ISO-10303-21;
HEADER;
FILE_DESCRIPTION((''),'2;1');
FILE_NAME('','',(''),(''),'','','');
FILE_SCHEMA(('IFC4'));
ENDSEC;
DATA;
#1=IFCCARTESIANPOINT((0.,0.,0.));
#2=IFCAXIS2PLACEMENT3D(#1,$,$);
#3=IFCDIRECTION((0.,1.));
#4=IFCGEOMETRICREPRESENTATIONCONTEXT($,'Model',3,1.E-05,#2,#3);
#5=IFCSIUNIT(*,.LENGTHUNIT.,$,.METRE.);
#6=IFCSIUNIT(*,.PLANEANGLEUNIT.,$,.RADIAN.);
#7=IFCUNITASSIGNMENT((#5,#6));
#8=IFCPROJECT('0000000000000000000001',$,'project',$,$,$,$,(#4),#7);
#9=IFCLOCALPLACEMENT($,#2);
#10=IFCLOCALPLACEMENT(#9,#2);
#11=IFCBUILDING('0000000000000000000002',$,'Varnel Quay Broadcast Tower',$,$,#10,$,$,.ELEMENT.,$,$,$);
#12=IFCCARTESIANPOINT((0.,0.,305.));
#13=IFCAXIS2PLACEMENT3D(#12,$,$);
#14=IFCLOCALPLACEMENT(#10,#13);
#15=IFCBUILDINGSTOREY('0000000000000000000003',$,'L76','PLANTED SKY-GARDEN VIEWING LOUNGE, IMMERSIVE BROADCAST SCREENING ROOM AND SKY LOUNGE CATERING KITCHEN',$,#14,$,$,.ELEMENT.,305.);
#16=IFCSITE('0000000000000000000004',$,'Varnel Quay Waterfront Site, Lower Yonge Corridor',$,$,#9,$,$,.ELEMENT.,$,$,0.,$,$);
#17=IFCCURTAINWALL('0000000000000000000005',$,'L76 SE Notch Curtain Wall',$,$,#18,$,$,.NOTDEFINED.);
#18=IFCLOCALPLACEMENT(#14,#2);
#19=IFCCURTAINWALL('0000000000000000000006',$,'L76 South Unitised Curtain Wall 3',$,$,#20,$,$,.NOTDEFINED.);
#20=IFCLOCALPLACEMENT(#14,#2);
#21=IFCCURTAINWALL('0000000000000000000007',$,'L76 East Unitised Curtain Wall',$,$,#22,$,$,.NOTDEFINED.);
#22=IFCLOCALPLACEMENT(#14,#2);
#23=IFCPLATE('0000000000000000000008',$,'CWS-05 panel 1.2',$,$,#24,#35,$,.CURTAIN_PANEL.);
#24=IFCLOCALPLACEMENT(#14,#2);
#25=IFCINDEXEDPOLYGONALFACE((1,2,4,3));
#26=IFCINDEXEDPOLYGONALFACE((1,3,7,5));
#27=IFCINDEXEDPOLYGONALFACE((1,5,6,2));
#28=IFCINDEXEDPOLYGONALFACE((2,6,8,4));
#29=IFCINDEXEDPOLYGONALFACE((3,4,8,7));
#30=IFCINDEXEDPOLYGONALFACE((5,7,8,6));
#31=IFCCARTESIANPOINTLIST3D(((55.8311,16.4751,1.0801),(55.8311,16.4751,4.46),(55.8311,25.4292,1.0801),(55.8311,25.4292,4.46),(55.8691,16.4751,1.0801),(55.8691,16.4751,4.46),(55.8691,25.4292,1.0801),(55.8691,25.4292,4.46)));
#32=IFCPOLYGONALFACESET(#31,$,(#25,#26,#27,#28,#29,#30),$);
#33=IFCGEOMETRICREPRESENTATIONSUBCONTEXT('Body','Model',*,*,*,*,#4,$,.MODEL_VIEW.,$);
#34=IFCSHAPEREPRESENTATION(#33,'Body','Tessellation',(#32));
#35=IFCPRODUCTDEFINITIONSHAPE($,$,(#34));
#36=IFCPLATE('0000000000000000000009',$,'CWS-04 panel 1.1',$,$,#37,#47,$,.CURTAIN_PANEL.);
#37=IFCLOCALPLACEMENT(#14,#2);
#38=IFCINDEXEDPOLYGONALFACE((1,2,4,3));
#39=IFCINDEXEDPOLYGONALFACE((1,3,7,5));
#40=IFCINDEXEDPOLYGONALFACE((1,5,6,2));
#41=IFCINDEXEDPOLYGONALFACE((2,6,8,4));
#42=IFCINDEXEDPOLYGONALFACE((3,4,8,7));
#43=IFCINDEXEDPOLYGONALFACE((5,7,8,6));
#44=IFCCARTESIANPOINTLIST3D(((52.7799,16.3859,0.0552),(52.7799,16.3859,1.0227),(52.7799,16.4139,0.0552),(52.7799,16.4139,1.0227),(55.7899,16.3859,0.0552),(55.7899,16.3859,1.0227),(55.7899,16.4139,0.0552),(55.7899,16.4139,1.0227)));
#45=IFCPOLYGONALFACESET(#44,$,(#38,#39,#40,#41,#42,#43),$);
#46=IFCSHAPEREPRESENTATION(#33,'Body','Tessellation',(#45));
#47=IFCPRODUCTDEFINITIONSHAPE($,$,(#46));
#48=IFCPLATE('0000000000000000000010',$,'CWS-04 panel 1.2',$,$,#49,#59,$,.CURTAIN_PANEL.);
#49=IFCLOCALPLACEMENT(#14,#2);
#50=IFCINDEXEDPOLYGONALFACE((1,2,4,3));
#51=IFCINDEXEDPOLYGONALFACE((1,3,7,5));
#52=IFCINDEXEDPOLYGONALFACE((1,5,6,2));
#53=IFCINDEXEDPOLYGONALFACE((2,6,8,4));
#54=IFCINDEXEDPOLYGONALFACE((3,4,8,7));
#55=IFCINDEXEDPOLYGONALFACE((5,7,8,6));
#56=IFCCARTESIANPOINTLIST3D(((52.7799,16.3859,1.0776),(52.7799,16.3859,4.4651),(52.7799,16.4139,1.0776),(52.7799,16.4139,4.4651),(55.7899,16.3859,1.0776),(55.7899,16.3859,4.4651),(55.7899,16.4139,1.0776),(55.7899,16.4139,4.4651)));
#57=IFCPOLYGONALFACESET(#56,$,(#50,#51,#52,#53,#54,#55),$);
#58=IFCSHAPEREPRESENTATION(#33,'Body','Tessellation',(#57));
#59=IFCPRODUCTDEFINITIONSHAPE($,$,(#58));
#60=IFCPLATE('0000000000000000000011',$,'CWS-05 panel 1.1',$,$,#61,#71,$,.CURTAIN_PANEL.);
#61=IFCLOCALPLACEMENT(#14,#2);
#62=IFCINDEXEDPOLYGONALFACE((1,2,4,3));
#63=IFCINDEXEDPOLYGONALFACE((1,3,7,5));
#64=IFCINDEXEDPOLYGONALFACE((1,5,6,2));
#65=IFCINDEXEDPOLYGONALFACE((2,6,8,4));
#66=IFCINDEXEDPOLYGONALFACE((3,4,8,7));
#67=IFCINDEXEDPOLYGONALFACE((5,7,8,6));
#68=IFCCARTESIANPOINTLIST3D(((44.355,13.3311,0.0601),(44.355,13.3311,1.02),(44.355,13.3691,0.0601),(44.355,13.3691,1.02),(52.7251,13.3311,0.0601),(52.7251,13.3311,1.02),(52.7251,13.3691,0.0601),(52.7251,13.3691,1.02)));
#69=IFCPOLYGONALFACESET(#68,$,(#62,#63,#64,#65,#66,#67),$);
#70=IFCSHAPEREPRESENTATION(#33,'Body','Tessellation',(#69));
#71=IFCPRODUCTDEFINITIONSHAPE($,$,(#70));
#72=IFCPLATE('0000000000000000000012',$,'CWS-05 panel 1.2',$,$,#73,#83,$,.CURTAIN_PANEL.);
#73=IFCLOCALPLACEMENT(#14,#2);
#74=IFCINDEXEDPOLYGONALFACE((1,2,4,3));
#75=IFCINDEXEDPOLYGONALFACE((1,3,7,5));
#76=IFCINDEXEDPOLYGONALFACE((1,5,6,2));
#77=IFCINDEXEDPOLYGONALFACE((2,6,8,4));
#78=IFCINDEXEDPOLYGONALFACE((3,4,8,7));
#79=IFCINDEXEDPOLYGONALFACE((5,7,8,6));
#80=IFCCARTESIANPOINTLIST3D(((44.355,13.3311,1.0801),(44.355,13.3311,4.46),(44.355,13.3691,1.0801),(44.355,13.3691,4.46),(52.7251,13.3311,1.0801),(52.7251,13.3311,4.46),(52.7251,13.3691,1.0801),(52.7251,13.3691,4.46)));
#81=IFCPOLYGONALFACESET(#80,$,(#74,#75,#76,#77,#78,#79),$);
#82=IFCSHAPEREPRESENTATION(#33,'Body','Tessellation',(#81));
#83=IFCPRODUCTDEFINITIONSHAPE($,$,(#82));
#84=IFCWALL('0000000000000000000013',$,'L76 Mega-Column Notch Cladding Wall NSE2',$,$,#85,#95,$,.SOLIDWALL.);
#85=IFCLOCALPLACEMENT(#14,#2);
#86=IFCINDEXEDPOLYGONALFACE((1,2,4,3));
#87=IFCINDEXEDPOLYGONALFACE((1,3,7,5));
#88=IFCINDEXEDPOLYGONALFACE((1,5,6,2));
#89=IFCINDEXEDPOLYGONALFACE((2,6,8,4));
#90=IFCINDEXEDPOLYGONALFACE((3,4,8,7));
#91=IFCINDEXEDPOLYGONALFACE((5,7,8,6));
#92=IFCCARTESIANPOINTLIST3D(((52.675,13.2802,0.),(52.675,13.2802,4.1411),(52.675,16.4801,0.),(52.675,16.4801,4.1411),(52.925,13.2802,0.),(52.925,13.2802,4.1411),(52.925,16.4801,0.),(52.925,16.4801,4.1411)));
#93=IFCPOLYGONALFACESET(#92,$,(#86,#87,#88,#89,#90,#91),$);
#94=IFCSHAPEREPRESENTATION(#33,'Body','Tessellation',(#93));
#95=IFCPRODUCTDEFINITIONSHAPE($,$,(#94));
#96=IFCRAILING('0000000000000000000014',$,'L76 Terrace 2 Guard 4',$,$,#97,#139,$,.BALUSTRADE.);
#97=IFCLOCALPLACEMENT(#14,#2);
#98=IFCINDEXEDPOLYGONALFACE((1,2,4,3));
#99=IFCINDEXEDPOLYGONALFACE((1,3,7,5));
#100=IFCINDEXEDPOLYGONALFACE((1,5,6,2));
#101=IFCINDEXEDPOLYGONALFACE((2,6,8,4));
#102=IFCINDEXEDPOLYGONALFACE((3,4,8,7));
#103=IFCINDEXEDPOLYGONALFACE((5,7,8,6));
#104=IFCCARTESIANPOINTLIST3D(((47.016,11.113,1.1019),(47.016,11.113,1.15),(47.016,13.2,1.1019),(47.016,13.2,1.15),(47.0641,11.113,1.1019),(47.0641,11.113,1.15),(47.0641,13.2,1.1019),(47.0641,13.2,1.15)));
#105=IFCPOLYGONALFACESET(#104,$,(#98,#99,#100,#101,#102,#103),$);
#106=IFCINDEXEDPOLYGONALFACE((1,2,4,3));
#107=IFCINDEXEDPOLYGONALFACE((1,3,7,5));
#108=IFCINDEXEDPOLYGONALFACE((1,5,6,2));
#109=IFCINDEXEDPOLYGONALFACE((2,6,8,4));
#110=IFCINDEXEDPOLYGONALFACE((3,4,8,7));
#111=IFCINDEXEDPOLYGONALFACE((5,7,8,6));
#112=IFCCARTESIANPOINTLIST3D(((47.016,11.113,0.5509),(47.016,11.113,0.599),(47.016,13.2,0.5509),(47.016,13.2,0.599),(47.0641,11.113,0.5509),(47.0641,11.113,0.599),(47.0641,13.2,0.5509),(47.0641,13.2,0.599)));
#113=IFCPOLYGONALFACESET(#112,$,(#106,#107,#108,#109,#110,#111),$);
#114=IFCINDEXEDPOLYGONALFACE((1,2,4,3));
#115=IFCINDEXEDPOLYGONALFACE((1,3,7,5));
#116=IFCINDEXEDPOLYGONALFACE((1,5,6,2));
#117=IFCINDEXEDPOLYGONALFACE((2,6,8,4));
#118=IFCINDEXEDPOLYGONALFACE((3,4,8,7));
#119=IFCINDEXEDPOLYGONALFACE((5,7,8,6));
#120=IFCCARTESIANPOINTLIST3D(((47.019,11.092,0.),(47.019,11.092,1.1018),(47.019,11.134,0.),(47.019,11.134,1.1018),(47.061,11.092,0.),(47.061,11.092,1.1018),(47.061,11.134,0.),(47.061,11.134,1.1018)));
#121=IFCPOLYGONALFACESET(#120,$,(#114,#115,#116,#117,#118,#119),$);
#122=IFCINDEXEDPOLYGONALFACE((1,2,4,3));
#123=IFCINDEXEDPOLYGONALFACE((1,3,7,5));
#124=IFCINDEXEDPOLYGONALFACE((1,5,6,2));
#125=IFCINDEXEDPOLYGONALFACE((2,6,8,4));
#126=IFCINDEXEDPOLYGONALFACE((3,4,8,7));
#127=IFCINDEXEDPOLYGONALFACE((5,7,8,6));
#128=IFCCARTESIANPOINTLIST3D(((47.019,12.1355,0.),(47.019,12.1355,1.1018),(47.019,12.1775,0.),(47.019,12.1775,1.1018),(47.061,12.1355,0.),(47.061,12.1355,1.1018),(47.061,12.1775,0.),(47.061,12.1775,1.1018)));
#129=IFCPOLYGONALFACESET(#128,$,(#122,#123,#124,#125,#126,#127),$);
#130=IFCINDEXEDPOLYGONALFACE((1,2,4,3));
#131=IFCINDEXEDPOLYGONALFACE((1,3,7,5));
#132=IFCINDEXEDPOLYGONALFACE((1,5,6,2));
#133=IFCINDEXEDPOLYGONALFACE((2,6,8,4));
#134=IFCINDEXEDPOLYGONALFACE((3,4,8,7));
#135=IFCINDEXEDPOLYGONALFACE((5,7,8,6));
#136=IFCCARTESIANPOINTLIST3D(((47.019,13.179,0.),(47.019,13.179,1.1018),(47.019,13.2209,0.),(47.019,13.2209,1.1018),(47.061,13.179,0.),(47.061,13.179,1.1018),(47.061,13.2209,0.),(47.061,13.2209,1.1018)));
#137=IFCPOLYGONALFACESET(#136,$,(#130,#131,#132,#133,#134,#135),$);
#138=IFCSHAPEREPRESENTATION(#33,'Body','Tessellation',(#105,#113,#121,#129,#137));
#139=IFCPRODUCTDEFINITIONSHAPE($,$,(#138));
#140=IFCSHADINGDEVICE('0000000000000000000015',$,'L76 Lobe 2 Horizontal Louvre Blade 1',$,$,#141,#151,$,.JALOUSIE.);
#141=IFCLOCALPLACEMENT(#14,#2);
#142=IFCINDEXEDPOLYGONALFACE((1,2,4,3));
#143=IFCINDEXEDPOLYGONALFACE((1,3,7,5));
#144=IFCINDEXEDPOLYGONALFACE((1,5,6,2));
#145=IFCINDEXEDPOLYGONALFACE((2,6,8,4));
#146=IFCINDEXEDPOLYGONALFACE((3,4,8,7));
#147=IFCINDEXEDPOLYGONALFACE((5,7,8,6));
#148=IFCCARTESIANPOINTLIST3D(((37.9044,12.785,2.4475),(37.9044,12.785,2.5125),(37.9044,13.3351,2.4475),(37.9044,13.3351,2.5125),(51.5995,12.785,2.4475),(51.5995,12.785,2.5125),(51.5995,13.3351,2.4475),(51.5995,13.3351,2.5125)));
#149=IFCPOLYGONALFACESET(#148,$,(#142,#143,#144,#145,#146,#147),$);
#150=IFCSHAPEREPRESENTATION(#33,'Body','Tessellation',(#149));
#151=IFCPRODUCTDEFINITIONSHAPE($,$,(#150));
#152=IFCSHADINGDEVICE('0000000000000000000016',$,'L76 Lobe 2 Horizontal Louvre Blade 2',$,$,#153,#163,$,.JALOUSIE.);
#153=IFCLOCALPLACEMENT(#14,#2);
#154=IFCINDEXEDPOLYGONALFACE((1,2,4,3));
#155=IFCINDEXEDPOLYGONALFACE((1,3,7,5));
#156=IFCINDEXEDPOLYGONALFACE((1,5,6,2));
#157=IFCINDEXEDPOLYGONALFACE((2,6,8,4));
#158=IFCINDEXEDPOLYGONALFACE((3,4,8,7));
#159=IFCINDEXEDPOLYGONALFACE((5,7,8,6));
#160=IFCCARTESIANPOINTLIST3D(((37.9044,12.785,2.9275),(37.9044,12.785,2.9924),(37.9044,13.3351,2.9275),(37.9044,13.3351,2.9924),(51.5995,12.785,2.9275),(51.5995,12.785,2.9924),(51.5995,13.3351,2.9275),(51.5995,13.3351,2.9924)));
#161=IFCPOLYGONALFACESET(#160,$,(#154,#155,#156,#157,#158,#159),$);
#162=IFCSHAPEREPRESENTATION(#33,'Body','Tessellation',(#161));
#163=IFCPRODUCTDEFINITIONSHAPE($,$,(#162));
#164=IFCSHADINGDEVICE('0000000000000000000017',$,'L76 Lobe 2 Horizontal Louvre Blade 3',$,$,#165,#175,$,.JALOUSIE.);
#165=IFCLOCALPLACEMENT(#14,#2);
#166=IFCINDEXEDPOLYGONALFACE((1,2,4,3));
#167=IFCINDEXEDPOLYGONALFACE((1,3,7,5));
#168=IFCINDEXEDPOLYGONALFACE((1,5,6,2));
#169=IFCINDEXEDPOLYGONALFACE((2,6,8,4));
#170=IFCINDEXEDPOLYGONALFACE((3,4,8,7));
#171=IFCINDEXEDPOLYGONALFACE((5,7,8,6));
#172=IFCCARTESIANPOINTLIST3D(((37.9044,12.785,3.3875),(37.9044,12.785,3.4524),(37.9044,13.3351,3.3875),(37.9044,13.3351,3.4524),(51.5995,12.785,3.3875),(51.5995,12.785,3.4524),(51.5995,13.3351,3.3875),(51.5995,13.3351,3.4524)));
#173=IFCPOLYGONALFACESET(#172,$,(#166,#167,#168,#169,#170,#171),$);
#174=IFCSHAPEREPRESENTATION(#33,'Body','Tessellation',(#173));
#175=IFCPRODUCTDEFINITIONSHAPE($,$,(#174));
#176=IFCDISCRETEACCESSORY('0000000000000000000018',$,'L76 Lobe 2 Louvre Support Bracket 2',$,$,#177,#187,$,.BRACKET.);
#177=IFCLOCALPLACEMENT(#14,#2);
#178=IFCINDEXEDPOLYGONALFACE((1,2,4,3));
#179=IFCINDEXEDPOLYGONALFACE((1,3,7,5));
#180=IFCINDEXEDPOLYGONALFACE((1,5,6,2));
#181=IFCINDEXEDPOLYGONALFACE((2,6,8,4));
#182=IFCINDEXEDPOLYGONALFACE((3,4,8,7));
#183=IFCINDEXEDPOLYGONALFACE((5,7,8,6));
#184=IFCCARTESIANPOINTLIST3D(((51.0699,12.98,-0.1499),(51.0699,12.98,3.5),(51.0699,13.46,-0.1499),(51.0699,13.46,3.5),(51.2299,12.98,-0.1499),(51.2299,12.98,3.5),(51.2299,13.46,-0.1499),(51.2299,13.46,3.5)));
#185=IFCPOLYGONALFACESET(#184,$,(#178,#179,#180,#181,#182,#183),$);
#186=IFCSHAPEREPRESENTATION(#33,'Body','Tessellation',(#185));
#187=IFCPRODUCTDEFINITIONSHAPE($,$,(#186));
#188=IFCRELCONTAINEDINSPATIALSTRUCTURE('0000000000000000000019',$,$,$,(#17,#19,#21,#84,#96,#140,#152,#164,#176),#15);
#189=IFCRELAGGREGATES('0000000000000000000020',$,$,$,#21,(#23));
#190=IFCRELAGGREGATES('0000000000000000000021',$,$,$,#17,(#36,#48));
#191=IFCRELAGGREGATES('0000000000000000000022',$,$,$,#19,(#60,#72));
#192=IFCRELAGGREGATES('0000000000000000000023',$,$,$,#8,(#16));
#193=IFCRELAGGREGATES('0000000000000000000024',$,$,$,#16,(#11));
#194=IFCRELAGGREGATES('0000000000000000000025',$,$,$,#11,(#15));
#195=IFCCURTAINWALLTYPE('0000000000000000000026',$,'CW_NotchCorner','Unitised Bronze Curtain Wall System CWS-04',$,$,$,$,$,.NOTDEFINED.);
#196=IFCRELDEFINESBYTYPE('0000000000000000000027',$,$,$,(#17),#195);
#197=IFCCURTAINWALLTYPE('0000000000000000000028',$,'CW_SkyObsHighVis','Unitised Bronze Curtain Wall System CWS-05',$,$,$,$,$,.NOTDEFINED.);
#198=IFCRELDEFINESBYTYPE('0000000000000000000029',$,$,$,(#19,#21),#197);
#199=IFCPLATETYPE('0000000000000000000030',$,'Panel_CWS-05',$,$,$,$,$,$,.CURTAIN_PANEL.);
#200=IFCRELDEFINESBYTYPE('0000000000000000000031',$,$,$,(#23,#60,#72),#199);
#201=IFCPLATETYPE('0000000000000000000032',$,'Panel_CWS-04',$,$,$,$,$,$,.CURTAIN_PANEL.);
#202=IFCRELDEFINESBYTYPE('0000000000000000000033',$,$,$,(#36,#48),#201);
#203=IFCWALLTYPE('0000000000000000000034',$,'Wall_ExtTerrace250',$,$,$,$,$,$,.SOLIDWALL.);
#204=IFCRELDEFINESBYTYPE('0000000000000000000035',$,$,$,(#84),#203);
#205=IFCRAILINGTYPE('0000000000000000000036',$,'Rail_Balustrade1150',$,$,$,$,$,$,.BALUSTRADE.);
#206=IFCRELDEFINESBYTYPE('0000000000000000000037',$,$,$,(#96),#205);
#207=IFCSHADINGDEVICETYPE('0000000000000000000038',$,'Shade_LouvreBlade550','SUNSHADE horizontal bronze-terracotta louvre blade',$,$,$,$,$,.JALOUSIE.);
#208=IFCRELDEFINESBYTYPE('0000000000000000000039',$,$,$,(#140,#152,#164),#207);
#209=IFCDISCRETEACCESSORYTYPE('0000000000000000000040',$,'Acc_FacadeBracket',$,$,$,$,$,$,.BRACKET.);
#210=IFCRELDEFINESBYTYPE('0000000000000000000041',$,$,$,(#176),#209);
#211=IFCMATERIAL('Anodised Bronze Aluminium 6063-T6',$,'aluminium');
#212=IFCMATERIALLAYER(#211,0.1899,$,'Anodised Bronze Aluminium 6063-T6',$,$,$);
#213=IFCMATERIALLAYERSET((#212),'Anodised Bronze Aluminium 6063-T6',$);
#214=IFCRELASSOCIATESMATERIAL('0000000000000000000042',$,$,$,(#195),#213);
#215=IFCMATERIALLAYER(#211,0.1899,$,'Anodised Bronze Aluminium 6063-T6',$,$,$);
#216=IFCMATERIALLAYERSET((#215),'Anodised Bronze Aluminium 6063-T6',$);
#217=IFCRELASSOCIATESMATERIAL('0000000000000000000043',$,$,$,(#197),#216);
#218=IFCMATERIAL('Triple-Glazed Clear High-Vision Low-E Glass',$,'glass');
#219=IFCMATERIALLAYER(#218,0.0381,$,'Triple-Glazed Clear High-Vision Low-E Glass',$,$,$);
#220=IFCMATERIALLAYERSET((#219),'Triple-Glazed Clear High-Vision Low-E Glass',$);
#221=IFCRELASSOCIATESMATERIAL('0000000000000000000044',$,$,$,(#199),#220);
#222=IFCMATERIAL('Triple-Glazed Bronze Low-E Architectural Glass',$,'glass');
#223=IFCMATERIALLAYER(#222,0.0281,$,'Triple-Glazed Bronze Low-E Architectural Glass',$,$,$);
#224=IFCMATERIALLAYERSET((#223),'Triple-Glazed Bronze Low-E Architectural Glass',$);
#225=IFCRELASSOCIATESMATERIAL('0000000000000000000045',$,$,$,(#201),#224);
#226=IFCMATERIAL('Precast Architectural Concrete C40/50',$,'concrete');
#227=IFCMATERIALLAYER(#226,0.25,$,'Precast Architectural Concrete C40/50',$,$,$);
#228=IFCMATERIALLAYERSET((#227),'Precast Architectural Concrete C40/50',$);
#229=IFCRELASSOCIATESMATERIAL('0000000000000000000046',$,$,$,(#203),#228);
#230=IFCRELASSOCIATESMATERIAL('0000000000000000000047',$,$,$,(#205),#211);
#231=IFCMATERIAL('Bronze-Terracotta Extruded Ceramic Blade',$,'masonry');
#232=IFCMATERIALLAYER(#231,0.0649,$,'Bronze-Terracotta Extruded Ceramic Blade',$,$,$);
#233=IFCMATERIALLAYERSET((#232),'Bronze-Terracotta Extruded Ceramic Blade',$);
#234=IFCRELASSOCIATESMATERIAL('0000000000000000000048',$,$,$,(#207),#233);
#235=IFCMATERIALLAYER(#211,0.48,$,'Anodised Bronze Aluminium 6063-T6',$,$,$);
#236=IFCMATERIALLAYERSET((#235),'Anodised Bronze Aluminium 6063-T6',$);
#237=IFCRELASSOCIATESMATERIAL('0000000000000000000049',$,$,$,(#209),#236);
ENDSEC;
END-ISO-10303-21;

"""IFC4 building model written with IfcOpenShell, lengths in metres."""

from ifc_helpers import new_model, si_unit, direction, frame, frame_2d, origin, origin_2d, place, context, subcontext, project, spatial, rectangle, extrude, source, transform, mapped, material, layer, layer_set, type_object, type_shapes, element, aggregate, save


model = new_model("IFC4")

# Units and contexts
model_context = context("Model", 3, precision=1e-05, world=origin(), true_north=direction((0.0, 1.0)))
body_context = subcontext(model_context, "Body", "Model", "MODEL_VIEW")
ifc_project = project(units=[si_unit("LENGTHUNIT", "METRE"), si_unit("PLANEANGLEUNIT", "RADIAN")], contexts=[model_context])

# Site, building, storey
site_placement = place(None, origin())
site = spatial("IfcSite", under=ifc_project, at=site_placement, Name="Varnel Quay Waterfront Site, Lower Yonge Corridor", CompositionType="ELEMENT", RefElevation=0.0)
building_placement = place(site_placement, origin())
building = spatial("IfcBuilding", under=site, at=building_placement, Name="Varnel Quay Broadcast Tower", CompositionType="ELEMENT")
storey_placement = place(building_placement, frame((0.0, 0.0, 305.0)))
storey = spatial("IfcBuildingStorey", under=building, at=storey_placement, Name="L76", Description="PLANTED SKY-GARDEN VIEWING LOUNGE, IMMERSIVE BROADCAST SCREENING ROOM AND SKY LOUNGE CATERING KITCHEN", CompositionType="ELEMENT", Elevation=305.0)

# Curtain walls
ifc_material_1 = material(Name="Anodised Bronze Aluminium 6063-T6", Category="aluminium")
ifc_layer_1 = layer(ifc_material_1, 0.1899, Name="Anodised Bronze Aluminium 6063-T6")
ifc_layer_set_1 = layer_set([ifc_layer_1], Name="Anodised Bronze Aluminium 6063-T6")
curtain_wall_type_1 = type_object("IfcCurtainWallType", Name="CW_NotchCorner", Description="Unitised Bronze Curtain Wall System CWS-04", PredefinedType="NOTDEFINED", material=ifc_layer_set_1)
curtain_wall_1_placement = place(storey_placement, origin())
curtain_wall_1 = element("IfcCurtainWall", 1, at=curtain_wall_1_placement, inside=storey, type_object=curtain_wall_type_1, Name="L76 SE Notch Curtain Wall", PredefinedType="NOTDEFINED")
ifc_layer_2 = layer(ifc_material_1, 0.1899, Name="Anodised Bronze Aluminium 6063-T6")
ifc_layer_set_2 = layer_set([ifc_layer_2], Name="Anodised Bronze Aluminium 6063-T6")
curtain_wall_type_2 = type_object("IfcCurtainWallType", Name="CW_SkyObsHighVis", Description="Unitised Bronze Curtain Wall System CWS-05", PredefinedType="NOTDEFINED", material=ifc_layer_set_2)
curtain_wall_2_placement = place(storey_placement, origin())
curtain_wall_2 = element("IfcCurtainWall", 2, at=curtain_wall_2_placement, inside=storey, type_object=curtain_wall_type_2, Name="L76 South Unitised Curtain Wall 3", PredefinedType="NOTDEFINED")
curtain_wall_3_placement = place(storey_placement, origin())
curtain_wall_3 = element("IfcCurtainWall", 3, at=curtain_wall_3_placement, inside=storey, type_object=curtain_wall_type_2, Name="L76 East Unitised Curtain Wall", PredefinedType="NOTDEFINED")

# Plates
ifc_material_2 = material(Name="Triple-Glazed Clear High-Vision Low-E Glass", Category="glass")
ifc_layer_3 = layer(ifc_material_2, 0.0381, Name="Triple-Glazed Clear High-Vision Low-E Glass")
ifc_layer_set_3 = layer_set([ifc_layer_3], Name="Triple-Glazed Clear High-Vision Low-E Glass")
plate_type_1 = type_object("IfcPlateType", Name="Panel_CWS-05", PredefinedType="CURTAIN_PANEL", material=ifc_layer_set_3)
shared_shape_1 = source(origin(), body_context, "Body", "SweptSolid", [
    extrude(rectangle(XDim=8.9541, YDim=0.0381, at=origin_2d()), origin(), (0.0, 0.0, 1.0), 3.3799),
])
plate_1_placement = place(storey_placement, frame((55.8501, 20.9521, 1.0801), z_axis=(0.0, 0.0, 1.0), x_axis=(0.0, 1.0, 0.0)))
plate_1 = element("IfcPlate", 4, at=plate_1_placement, type_object=plate_type_1, Name="CWS-05 panel 1.2", PredefinedType="CURTAIN_PANEL", context=body_context, shape_type="MappedRepresentation", body=[
    mapped(shared_shape_1, transform((0.0, 0.0, 0.0), x_axis=(1.0, 0.0, 0.0), y_axis=(0.0, 1.0, 0.0), z_axis=(0.0, 0.0, 1.0), scale=1.0)),
])
aggregate(curtain_wall_3, [plate_1])
ifc_material_3 = material(Name="Triple-Glazed Bronze Low-E Architectural Glass", Category="glass")
ifc_layer_4 = layer(ifc_material_3, 0.0281, Name="Triple-Glazed Bronze Low-E Architectural Glass")
ifc_layer_set_4 = layer_set([ifc_layer_4], Name="Triple-Glazed Bronze Low-E Architectural Glass")
plate_type_2 = type_object("IfcPlateType", Name="Panel_CWS-04", PredefinedType="CURTAIN_PANEL", material=ifc_layer_set_4)
shared_shape_2 = source(origin(), body_context, "Body", "SweptSolid", [
    extrude(rectangle(XDim=3.01, YDim=0.0281, at=origin_2d()), origin(), (0.0, 0.0, 1.0), 0.9675),
])
plate_2_placement = place(storey_placement, frame((54.2849, 16.3999, 0.0552), z_axis=(0.0, 0.0, 1.0), x_axis=(1.0, 0.0, 0.0)))
plate_2 = element("IfcPlate", 5, at=plate_2_placement, type_object=plate_type_2, Name="CWS-04 panel 1.1", PredefinedType="CURTAIN_PANEL", context=body_context, shape_type="MappedRepresentation", body=[
    mapped(shared_shape_2, transform((0.0, 0.0, 0.0), x_axis=(1.0, 0.0, 0.0), y_axis=(0.0, 1.0, 0.0), z_axis=(0.0, 0.0, 1.0), scale=1.0)),
])
shared_shape_3 = source(origin(), body_context, "Body", "SweptSolid", [
    extrude(rectangle(XDim=3.01, YDim=0.0281, at=origin_2d()), origin(), (0.0, 0.0, 1.0), 3.3875),
])
type_shapes(plate_type_2, [shared_shape_2, shared_shape_3])
plate_3_placement = place(storey_placement, frame((54.2849, 16.3999, 1.0776), z_axis=(0.0, 0.0, 1.0), x_axis=(1.0, 0.0, 0.0)))
plate_3 = element("IfcPlate", 6, at=plate_3_placement, type_object=plate_type_2, Name="CWS-04 panel 1.2", PredefinedType="CURTAIN_PANEL", context=body_context, shape_type="MappedRepresentation", body=[
    mapped(shared_shape_3, transform((0.0, 0.0, 0.0), x_axis=(1.0, 0.0, 0.0), y_axis=(0.0, 1.0, 0.0), z_axis=(0.0, 0.0, 1.0), scale=1.0)),
])
aggregate(curtain_wall_1, [plate_2, plate_3])
shared_shape_4 = source(origin(), body_context, "Body", "SweptSolid", [
    extrude(rectangle(XDim=8.3701, YDim=0.0381, at=origin_2d()), origin(), (0.0, 0.0, 1.0), 0.96),
])
plate_4_placement = place(storey_placement, frame((48.54, 13.3501, 0.0601), z_axis=(0.0, 0.0, 1.0), x_axis=(1.0, 0.0, 0.0)))
plate_4 = element("IfcPlate", 7, at=plate_4_placement, type_object=plate_type_1, Name="CWS-05 panel 1.1", PredefinedType="CURTAIN_PANEL", context=body_context, shape_type="MappedRepresentation", body=[
    mapped(shared_shape_4, transform((0.0, 0.0, 0.0), x_axis=(1.0, 0.0, 0.0), y_axis=(0.0, 1.0, 0.0), z_axis=(0.0, 0.0, 1.0), scale=1.0)),
])
shared_shape_5 = source(origin(), body_context, "Body", "SweptSolid", [
    extrude(rectangle(XDim=8.3701, YDim=0.0381, at=origin_2d()), origin(), (0.0, 0.0, 1.0), 3.3799),
])
plate_5_placement = place(storey_placement, frame((48.54, 13.3501, 1.0801), z_axis=(0.0, 0.0, 1.0), x_axis=(1.0, 0.0, 0.0)))
plate_5 = element("IfcPlate", 8, at=plate_5_placement, type_object=plate_type_1, Name="CWS-05 panel 1.2", PredefinedType="CURTAIN_PANEL", context=body_context, shape_type="MappedRepresentation", body=[
    mapped(shared_shape_5, transform((0.0, 0.0, 0.0), x_axis=(1.0, 0.0, 0.0), y_axis=(0.0, 1.0, 0.0), z_axis=(0.0, 0.0, 1.0), scale=1.0)),
])
aggregate(curtain_wall_2, [plate_4, plate_5])

# Wall
ifc_material_4 = material(Name="Precast Architectural Concrete C40/50", Category="concrete")
ifc_layer_5 = layer(ifc_material_4, 0.25, Name="Precast Architectural Concrete C40/50")
ifc_layer_set_5 = layer_set([ifc_layer_5], Name="Precast Architectural Concrete C40/50")
wall_type = type_object("IfcWallType", Name="Wall_ExtTerrace250", PredefinedType="SOLIDWALL", material=ifc_layer_set_5)
wall_placement = place(storey_placement, frame((52.8, 13.28, 0.0), z_axis=(0.0, 0.0, 1.0), x_axis=(0.0, 1.0, 0.0)))
element("IfcWall", 9, at=wall_placement, inside=storey, type_object=wall_type, Name="L76 Mega-Column Notch Cladding Wall NSE2", PredefinedType="SOLIDWALL", context=body_context, shape_type="SweptSolid", body=[
    extrude(rectangle(XDim=3.2, YDim=0.25, at=frame_2d((1.6001, 0.0))), origin(), (0.0, 0.0, 1.0), 4.1411),
])

# Railing
railing_type = type_object("IfcRailingType", Name="Rail_Balustrade1150", PredefinedType="BALUSTRADE", material=ifc_material_1)
railing_placement = place(storey_placement, frame((47.04, 11.113, 0.0)))
element("IfcRailing", 10, at=railing_placement, inside=storey, type_object=railing_type, Name="L76 Terrace 2 Guard 4", PredefinedType="BALUSTRADE", context=body_context, shape_type="SweptSolid", body=[
    extrude(rectangle(XDim=0.0481, YDim=0.0481, at=origin_2d()), frame((0.0, 0.0, 1.126), z_axis=(0.0, 1.0, 0.0), x_axis=(-1.0, 0.0, 0.0)), (0.0, 0.0, 1.0), 2.0869),
    extrude(rectangle(XDim=0.0481, YDim=0.0481, at=origin_2d()), frame((0.0, 0.0, 0.575), z_axis=(0.0, 1.0, 0.0), x_axis=(-1.0, 0.0, 0.0)), (0.0, 0.0, 1.0), 2.0869),
    extrude(rectangle(XDim=0.042, YDim=0.042, at=origin_2d()), origin(), (0.0, 0.0, 1.0), 1.1018),
    extrude(rectangle(XDim=0.042, YDim=0.042, at=origin_2d()), frame((0.0, 1.0435, 0.0)), (0.0, 0.0, 1.0), 1.1018),
    extrude(rectangle(XDim=0.042, YDim=0.042, at=origin_2d()), frame((0.0, 2.0869, 0.0)), (0.0, 0.0, 1.0), 1.1018),
])

# Shading devices
ifc_material_5 = material(Name="Bronze-Terracotta Extruded Ceramic Blade", Category="masonry")
ifc_layer_6 = layer(ifc_material_5, 0.0649, Name="Bronze-Terracotta Extruded Ceramic Blade")
ifc_layer_set_6 = layer_set([ifc_layer_6], Name="Bronze-Terracotta Extruded Ceramic Blade")
shading_device_type = type_object("IfcShadingDeviceType", Name="Shade_LouvreBlade550", Description="SUNSHADE horizontal bronze-terracotta louvre blade", PredefinedType="JALOUSIE", material=ifc_layer_set_6)
shared_shape_6 = source(origin(), body_context, "Body", "SweptSolid", [
    extrude(rectangle(XDim=13.6951, YDim=0.55, at=origin_2d()), origin(), (0.0, 0.0, 1.0), 0.0649),
])
type_shapes(shading_device_type, [shared_shape_6])
for number, where, z_axis, x_axis, name in (
    (11, (44.752, 13.0601, 2.4475), (0.0, 0.0, 1.0), (1.0, 0.0, 0.0), "L76 Lobe 2 Horizontal Louvre Blade 1"),
    (12, (44.752, 13.0601, 2.9275), (0.0, 0.0, 1.0), (1.0, 0.0, 0.0), "L76 Lobe 2 Horizontal Louvre Blade 2"),
    (13, (44.752, 13.0601, 3.3875), (0.0, 0.0, 1.0), (1.0, 0.0, 0.0), "L76 Lobe 2 Horizontal Louvre Blade 3"),
):
    element("IfcShadingDevice", number, at=place(storey_placement, frame(where, z_axis=z_axis, x_axis=x_axis)), inside=storey, type_object=shading_device_type, Name=name, PredefinedType="JALOUSIE", context=body_context, shape_type="MappedRepresentation", body=[
        mapped(shared_shape_6, transform((0.0, 0.0, 0.0), x_axis=(1.0, 0.0, 0.0), y_axis=(0.0, 1.0, 0.0), z_axis=(0.0, 0.0, 1.0), scale=1.0)),
    ])

# Discrete accessory
ifc_layer_7 = layer(ifc_material_1, 0.48, Name="Anodised Bronze Aluminium 6063-T6")
ifc_layer_set_7 = layer_set([ifc_layer_7], Name="Anodised Bronze Aluminium 6063-T6")
discrete_accessory_type = type_object("IfcDiscreteAccessoryType", Name="Acc_FacadeBracket", PredefinedType="BRACKET", material=ifc_layer_set_7)
shared_shape_7 = source(origin(), body_context, "Body", "SweptSolid", [
    extrude(rectangle(XDim=0.1599, YDim=0.48, at=origin_2d()), origin(), (0.0, 0.0, 1.0), 3.6499),
])
type_shapes(discrete_accessory_type, [shared_shape_7])
discrete_accessory_placement = place(storey_placement, frame((51.1499, 13.22, -0.1499), z_axis=(0.0, 0.0, 1.0), x_axis=(1.0, 0.0, 0.0)))
element("IfcDiscreteAccessory", 14, at=discrete_accessory_placement, inside=storey, type_object=discrete_accessory_type, Name="L76 Lobe 2 Louvre Support Bracket 2", PredefinedType="BRACKET", context=body_context, shape_type="MappedRepresentation", body=[
    mapped(shared_shape_7, transform((0.0, 0.0, 0.0), x_axis=(1.0, 0.0, 0.0), y_axis=(0.0, 1.0, 0.0), z_axis=(0.0, 0.0, 1.0), scale=1.0)),
])

save(model, "model.ifc")
